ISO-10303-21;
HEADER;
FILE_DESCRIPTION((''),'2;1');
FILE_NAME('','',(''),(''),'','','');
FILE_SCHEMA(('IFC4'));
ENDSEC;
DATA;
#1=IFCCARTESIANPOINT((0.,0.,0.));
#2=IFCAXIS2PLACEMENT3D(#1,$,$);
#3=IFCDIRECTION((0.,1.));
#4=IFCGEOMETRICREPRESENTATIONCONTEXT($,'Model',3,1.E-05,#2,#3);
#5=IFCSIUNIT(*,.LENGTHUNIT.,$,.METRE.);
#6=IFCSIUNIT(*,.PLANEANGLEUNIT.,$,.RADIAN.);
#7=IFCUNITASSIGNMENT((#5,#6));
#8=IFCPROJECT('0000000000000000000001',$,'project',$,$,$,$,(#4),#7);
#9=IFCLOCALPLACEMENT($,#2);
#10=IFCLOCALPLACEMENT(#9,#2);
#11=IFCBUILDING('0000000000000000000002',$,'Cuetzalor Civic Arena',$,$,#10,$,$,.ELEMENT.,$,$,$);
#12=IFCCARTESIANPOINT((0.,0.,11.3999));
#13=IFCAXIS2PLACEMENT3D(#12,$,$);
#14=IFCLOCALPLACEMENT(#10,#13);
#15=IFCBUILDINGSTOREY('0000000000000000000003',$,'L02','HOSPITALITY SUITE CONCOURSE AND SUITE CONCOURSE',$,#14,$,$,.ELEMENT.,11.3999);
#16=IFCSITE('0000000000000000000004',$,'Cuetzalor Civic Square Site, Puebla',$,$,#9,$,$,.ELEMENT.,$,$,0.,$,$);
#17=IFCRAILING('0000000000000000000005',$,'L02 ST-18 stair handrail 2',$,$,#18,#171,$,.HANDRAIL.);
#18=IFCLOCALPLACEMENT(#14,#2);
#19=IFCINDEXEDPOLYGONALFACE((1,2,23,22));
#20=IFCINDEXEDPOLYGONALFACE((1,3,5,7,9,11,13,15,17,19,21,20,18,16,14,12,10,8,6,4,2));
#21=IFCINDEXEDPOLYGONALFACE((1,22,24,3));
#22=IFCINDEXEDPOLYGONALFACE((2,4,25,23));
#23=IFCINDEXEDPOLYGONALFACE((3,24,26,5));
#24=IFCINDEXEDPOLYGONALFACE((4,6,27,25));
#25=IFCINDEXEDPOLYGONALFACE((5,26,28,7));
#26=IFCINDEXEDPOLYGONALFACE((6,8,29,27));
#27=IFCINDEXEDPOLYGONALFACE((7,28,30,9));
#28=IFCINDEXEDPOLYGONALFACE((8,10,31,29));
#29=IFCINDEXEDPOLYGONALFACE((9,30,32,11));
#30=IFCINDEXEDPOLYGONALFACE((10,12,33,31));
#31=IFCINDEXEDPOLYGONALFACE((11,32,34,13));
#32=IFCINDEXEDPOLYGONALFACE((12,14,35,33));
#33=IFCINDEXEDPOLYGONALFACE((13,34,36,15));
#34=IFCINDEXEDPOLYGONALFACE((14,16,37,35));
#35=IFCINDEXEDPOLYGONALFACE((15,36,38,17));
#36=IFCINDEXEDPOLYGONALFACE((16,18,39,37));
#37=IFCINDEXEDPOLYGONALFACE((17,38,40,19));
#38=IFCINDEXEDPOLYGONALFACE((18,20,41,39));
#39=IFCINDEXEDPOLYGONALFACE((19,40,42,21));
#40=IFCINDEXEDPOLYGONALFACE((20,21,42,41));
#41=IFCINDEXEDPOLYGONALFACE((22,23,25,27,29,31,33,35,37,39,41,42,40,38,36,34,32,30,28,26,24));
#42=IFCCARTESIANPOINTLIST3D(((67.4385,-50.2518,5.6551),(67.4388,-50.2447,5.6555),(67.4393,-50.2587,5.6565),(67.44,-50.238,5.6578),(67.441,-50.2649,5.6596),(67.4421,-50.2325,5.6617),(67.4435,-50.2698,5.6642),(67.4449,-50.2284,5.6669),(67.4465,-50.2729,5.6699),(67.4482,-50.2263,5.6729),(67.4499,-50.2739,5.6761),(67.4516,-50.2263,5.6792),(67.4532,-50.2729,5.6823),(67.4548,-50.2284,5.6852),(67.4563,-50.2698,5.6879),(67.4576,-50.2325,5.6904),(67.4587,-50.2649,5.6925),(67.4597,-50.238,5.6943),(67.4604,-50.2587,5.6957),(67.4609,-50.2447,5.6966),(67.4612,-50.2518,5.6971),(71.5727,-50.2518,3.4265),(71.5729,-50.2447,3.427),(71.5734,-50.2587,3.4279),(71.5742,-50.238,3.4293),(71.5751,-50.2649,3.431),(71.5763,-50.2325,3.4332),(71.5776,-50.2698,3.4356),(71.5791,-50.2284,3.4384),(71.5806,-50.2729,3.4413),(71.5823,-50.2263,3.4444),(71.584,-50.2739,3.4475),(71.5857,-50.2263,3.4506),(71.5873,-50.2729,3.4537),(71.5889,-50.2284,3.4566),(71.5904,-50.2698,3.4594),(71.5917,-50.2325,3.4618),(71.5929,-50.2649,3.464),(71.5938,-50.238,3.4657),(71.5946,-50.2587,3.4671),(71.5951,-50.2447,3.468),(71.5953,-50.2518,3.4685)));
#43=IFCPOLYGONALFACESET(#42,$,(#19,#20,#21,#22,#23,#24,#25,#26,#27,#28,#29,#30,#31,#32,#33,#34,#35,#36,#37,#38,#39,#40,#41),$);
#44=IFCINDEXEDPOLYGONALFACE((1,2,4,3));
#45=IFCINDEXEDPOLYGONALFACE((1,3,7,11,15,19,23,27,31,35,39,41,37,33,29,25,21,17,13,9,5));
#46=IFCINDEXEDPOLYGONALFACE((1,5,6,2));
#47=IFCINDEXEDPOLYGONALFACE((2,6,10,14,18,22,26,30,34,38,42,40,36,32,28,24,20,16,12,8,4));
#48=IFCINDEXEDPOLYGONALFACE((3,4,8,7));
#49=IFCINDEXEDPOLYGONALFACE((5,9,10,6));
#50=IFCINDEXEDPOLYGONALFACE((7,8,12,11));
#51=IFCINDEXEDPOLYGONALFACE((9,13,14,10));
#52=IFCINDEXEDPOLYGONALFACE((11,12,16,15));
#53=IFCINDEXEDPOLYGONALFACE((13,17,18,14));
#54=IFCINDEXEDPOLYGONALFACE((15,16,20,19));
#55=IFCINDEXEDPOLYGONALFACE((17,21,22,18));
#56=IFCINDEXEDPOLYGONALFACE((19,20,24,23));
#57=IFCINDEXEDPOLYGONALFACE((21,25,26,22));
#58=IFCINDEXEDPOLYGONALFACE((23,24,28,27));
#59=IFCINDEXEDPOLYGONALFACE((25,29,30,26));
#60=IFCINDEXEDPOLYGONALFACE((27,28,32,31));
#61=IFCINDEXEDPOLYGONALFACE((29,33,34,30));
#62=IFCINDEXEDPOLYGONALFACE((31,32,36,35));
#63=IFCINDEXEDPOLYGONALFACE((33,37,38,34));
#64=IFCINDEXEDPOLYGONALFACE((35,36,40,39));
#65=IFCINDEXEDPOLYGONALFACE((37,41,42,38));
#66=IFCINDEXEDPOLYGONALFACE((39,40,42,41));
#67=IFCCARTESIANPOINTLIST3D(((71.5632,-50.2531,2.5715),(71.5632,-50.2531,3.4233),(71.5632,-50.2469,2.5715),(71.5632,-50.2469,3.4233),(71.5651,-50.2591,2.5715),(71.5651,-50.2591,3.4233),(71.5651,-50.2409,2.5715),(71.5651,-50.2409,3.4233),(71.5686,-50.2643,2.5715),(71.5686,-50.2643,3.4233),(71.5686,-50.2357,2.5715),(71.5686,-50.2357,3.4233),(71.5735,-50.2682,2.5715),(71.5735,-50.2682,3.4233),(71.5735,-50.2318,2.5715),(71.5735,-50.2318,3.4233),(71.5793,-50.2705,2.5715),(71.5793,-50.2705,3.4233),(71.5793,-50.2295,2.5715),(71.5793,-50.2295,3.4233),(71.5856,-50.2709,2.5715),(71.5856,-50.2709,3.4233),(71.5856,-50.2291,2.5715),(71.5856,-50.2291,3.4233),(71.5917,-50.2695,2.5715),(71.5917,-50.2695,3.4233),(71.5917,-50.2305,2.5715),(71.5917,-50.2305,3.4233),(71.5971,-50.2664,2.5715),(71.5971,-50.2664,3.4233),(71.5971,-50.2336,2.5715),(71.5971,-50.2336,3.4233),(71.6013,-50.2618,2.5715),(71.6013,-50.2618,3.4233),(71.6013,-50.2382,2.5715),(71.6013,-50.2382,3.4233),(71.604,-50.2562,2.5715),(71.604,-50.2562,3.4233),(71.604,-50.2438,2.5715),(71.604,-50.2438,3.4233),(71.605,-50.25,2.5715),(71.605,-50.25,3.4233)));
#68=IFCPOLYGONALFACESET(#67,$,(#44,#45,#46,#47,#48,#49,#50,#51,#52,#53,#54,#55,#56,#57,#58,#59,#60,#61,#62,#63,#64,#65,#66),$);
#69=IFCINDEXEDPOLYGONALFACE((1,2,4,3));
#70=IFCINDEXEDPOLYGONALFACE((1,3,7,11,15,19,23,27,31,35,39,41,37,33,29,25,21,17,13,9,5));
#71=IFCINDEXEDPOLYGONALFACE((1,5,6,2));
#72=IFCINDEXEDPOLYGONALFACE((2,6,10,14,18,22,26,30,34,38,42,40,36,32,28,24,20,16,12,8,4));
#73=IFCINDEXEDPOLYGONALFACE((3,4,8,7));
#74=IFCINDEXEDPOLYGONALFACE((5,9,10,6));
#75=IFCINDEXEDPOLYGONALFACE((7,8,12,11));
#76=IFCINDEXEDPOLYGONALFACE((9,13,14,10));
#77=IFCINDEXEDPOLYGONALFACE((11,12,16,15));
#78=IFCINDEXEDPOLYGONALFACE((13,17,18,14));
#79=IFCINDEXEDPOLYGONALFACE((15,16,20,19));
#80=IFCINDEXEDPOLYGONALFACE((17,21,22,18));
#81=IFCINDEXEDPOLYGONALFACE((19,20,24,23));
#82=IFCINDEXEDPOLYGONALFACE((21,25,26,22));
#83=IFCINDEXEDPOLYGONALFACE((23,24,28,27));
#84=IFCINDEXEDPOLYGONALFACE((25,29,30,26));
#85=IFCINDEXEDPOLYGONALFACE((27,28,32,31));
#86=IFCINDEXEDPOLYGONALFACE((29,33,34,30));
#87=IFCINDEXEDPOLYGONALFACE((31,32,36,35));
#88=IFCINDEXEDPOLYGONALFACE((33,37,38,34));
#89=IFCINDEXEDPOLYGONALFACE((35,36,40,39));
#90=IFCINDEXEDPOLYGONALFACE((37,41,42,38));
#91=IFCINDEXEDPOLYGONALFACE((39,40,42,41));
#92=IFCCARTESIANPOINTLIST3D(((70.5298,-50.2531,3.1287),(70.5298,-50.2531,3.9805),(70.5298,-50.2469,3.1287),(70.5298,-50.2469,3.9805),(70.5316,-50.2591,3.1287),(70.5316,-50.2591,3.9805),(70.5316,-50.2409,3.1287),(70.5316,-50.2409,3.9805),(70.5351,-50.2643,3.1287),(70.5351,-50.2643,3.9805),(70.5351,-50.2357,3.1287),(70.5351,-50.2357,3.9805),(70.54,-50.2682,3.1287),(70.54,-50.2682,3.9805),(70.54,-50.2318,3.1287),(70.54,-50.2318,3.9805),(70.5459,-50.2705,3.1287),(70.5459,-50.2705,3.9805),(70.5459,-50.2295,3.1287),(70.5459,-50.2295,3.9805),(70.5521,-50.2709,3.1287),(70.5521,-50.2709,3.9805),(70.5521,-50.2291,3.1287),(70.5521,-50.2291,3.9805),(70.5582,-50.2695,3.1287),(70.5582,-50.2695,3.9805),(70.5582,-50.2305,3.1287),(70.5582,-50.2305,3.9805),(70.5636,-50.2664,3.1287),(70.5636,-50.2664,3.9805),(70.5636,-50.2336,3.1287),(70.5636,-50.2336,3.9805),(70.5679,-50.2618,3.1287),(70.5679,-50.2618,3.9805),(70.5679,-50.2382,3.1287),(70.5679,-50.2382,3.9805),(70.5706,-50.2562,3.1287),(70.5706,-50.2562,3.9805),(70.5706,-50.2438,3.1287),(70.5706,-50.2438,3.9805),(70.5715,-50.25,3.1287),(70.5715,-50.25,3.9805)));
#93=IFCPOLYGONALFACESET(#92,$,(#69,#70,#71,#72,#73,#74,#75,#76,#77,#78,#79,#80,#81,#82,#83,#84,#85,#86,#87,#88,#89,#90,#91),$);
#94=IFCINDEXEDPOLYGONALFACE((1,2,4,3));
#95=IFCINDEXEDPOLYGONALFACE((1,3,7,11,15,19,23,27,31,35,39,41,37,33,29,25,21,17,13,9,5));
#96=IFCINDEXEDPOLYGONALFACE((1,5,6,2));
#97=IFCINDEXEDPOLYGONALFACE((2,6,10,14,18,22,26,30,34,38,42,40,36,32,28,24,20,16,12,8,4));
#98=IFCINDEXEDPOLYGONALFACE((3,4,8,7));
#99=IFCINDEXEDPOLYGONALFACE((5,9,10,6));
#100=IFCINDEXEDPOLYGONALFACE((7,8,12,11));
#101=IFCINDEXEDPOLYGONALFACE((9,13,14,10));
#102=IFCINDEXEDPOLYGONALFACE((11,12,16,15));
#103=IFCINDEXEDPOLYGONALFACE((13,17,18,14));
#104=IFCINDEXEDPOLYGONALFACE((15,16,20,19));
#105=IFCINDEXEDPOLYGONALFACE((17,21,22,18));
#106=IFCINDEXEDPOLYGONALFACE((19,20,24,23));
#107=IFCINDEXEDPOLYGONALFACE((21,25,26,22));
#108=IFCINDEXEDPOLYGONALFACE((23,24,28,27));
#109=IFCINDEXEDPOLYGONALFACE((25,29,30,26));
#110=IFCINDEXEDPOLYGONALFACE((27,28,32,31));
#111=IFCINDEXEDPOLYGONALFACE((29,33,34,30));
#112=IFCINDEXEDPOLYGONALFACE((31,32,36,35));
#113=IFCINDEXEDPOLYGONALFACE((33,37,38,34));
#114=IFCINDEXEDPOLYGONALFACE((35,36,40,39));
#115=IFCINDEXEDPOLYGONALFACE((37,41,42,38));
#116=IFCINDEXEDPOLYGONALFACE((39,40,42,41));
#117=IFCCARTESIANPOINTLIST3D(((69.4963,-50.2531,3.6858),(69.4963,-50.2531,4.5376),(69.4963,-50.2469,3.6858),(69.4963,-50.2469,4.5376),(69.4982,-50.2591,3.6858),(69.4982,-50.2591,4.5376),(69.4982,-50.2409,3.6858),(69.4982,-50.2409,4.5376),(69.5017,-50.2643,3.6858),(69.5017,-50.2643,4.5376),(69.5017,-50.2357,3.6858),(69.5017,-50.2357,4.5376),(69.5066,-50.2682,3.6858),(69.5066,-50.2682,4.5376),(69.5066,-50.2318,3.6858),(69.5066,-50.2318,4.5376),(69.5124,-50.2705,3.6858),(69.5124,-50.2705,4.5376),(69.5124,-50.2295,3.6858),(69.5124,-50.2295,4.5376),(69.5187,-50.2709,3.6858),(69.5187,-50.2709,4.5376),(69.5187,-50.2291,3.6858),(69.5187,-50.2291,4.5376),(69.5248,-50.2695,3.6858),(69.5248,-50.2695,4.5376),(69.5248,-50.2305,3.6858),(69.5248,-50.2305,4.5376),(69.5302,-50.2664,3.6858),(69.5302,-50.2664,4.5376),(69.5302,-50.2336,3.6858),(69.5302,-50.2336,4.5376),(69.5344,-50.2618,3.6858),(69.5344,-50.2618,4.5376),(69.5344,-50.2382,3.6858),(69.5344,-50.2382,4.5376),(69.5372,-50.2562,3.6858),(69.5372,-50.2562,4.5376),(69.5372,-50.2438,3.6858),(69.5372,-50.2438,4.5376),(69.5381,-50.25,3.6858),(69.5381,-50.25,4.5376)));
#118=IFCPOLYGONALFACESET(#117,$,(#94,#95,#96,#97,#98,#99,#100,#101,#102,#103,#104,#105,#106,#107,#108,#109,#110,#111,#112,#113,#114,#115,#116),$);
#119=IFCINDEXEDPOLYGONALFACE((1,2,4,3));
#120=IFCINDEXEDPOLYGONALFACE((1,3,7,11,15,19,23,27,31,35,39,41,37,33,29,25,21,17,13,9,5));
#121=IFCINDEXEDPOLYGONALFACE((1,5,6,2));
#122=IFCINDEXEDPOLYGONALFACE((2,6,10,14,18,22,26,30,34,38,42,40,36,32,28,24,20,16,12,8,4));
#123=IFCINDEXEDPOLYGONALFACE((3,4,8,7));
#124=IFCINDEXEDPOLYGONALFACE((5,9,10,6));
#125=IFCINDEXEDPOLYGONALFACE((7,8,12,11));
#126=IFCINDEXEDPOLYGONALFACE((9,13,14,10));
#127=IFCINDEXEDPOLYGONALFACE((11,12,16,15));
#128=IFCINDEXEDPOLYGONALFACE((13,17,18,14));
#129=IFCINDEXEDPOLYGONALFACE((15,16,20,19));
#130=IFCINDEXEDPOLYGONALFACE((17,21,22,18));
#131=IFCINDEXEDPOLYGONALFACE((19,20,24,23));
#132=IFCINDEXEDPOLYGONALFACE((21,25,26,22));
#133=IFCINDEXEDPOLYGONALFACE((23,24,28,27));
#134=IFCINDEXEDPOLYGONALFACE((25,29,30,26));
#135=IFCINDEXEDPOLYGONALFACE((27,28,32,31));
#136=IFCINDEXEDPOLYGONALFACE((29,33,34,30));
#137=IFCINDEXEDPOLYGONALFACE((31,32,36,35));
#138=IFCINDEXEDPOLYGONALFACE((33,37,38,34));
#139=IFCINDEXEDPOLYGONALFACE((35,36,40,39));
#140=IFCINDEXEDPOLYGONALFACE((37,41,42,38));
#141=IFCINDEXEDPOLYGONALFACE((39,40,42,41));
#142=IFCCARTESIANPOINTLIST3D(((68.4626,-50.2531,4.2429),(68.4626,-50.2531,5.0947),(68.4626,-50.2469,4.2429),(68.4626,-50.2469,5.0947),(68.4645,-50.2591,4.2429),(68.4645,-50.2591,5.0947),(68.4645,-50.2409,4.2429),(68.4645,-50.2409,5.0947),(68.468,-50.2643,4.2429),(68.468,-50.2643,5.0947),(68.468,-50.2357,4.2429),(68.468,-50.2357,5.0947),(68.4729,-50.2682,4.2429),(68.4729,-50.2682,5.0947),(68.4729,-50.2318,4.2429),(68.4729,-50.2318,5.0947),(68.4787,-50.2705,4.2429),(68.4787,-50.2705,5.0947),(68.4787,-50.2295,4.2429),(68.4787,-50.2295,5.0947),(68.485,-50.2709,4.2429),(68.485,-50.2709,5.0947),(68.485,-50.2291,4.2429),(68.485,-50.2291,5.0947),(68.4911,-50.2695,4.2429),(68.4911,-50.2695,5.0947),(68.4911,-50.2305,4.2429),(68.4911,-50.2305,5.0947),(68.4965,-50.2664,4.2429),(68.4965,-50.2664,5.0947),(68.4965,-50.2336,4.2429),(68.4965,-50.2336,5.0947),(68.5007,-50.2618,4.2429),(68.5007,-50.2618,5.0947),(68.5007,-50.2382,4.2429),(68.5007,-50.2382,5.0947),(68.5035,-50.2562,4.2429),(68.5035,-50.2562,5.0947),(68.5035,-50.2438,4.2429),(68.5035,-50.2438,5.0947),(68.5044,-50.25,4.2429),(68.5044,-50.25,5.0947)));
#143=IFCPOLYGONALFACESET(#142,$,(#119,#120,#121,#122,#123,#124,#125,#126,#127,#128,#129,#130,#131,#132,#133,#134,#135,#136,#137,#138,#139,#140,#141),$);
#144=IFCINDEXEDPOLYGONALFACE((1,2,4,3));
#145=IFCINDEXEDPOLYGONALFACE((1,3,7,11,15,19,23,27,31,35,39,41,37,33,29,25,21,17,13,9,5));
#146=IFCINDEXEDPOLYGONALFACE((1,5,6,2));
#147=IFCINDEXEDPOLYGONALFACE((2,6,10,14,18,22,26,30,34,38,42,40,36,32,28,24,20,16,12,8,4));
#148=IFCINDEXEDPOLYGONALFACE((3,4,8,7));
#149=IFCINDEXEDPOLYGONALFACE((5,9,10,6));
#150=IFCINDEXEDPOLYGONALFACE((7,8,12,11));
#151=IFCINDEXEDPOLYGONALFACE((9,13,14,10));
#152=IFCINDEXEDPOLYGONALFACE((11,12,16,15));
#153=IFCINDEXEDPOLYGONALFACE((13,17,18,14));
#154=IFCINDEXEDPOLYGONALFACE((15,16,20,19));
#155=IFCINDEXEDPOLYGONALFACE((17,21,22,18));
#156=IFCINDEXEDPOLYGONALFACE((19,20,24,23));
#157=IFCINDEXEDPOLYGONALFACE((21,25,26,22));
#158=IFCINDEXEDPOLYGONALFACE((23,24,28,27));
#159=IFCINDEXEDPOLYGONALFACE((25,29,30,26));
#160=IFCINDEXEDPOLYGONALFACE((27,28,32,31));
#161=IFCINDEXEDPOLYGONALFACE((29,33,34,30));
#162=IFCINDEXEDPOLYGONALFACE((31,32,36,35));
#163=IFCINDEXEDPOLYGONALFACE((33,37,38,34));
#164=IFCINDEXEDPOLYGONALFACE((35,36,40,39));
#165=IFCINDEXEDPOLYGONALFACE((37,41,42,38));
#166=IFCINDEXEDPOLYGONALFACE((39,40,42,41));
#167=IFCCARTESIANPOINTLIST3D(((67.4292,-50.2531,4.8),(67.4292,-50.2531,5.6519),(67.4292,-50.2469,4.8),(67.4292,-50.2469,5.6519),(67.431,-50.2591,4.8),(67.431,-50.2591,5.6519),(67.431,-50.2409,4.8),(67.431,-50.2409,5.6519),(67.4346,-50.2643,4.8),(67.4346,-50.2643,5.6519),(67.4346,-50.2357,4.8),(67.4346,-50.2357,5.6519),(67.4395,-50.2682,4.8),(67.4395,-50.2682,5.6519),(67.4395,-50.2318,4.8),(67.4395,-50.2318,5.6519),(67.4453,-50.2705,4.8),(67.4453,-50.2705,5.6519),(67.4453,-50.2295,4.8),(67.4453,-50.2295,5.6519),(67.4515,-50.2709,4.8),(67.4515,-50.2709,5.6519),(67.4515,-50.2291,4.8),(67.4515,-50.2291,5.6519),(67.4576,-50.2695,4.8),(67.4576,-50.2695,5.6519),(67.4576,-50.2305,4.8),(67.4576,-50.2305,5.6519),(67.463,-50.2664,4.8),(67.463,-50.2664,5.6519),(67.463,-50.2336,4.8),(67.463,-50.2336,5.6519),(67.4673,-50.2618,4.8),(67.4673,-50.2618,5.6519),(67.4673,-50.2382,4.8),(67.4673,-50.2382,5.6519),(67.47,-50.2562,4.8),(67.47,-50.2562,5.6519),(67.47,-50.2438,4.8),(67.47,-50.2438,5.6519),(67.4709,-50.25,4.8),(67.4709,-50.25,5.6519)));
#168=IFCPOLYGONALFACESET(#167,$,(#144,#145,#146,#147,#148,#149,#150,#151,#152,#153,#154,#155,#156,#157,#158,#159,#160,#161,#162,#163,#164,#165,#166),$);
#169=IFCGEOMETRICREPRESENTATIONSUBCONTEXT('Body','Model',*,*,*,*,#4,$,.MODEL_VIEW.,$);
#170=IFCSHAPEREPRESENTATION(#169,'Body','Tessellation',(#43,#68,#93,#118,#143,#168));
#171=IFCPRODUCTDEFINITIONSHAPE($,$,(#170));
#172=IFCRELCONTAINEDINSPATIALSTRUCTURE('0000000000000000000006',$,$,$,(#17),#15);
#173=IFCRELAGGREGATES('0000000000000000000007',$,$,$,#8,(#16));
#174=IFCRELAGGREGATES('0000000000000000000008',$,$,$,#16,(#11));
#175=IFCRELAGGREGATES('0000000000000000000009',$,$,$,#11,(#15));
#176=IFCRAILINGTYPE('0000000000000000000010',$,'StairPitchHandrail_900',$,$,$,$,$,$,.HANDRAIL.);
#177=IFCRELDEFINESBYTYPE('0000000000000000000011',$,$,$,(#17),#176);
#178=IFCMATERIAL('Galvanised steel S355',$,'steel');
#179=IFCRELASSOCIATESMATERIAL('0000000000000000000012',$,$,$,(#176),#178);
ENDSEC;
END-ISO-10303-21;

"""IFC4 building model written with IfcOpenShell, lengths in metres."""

from ifc_helpers import new_model, si_unit, direction, frame, origin, origin_2d, place, context, subcontext, project, spatial, circle, extrude, material, type_object, element, save


model = new_model("IFC4")

# Units and contexts
model_context = context("Model", 3, precision=1e-05, world=origin(), true_north=direction((0.0, 1.0)))
body_context = subcontext(model_context, "Body", "Model", "MODEL_VIEW")
ifc_project = project(units=[si_unit("LENGTHUNIT", "METRE"), si_unit("PLANEANGLEUNIT", "RADIAN")], contexts=[model_context])

# Site, building, storey
site_placement = place(None, origin())
site = spatial("IfcSite", under=ifc_project, at=site_placement, Name="Cuetzalor Civic Square Site, Puebla", CompositionType="ELEMENT", RefElevation=0.0)
building_placement = place(site_placement, origin())
building = spatial("IfcBuilding", under=site, at=building_placement, Name="Cuetzalor Civic Arena", CompositionType="ELEMENT")
storey_placement = place(building_placement, frame((0.0, 0.0, 11.3999)))
storey = spatial("IfcBuildingStorey", under=building, at=storey_placement, Name="L02", Description="HOSPITALITY SUITE CONCOURSE AND SUITE CONCOURSE", CompositionType="ELEMENT", Elevation=11.3999)

# Railing
ifc_material_1 = material(Name="Galvanised steel S355", Category="steel")
railing_type_1 = type_object("IfcRailingType", Name="StairPitchHandrail_900", PredefinedType="HANDRAIL", material=ifc_material_1)
railing_1_placement = place(storey_placement, frame((71.584, -50.25, 2.5715)))
element("IfcRailing", 1, at=railing_1_placement, inside=storey, type_object=railing_type_1, Name="L02 ST-18 stair handrail 2", PredefinedType="HANDRAIL", context=body_context, shape_type="SweptSolid", body=[
    extrude(circle(Radius=0.0239, at=origin_2d()), frame((0.0, 0.0, 0.876), z_axis=(-0.880249, 0.0, 0.474512), x_axis=(0.0, -1.0, 0.0)), (0.0, 0.0, 1.0), 4.6965),
    extrude(circle(Radius=0.021, at=origin_2d()), origin(), (0.0, 0.0, 1.0), 0.8518),
    extrude(circle(Radius=0.021, at=origin_2d()), frame((-1.0334, 0.0, 0.5571)), (0.0, 0.0, 1.0), 0.8518),
    extrude(circle(Radius=0.021, at=origin_2d()), frame((-2.0669, 0.0, 1.1143)), (0.0, 0.0, 1.0), 0.8518),
    extrude(circle(Radius=0.021, at=origin_2d()), frame((-3.1006, 0.0, 1.6714)), (0.0, 0.0, 1.0), 0.8518),
    extrude(circle(Radius=0.021, at=origin_2d()), frame((-4.134, 0.0, 2.2285)), (0.0, 0.0, 1.0), 0.8518),
])

save(model, "model.ifc")
